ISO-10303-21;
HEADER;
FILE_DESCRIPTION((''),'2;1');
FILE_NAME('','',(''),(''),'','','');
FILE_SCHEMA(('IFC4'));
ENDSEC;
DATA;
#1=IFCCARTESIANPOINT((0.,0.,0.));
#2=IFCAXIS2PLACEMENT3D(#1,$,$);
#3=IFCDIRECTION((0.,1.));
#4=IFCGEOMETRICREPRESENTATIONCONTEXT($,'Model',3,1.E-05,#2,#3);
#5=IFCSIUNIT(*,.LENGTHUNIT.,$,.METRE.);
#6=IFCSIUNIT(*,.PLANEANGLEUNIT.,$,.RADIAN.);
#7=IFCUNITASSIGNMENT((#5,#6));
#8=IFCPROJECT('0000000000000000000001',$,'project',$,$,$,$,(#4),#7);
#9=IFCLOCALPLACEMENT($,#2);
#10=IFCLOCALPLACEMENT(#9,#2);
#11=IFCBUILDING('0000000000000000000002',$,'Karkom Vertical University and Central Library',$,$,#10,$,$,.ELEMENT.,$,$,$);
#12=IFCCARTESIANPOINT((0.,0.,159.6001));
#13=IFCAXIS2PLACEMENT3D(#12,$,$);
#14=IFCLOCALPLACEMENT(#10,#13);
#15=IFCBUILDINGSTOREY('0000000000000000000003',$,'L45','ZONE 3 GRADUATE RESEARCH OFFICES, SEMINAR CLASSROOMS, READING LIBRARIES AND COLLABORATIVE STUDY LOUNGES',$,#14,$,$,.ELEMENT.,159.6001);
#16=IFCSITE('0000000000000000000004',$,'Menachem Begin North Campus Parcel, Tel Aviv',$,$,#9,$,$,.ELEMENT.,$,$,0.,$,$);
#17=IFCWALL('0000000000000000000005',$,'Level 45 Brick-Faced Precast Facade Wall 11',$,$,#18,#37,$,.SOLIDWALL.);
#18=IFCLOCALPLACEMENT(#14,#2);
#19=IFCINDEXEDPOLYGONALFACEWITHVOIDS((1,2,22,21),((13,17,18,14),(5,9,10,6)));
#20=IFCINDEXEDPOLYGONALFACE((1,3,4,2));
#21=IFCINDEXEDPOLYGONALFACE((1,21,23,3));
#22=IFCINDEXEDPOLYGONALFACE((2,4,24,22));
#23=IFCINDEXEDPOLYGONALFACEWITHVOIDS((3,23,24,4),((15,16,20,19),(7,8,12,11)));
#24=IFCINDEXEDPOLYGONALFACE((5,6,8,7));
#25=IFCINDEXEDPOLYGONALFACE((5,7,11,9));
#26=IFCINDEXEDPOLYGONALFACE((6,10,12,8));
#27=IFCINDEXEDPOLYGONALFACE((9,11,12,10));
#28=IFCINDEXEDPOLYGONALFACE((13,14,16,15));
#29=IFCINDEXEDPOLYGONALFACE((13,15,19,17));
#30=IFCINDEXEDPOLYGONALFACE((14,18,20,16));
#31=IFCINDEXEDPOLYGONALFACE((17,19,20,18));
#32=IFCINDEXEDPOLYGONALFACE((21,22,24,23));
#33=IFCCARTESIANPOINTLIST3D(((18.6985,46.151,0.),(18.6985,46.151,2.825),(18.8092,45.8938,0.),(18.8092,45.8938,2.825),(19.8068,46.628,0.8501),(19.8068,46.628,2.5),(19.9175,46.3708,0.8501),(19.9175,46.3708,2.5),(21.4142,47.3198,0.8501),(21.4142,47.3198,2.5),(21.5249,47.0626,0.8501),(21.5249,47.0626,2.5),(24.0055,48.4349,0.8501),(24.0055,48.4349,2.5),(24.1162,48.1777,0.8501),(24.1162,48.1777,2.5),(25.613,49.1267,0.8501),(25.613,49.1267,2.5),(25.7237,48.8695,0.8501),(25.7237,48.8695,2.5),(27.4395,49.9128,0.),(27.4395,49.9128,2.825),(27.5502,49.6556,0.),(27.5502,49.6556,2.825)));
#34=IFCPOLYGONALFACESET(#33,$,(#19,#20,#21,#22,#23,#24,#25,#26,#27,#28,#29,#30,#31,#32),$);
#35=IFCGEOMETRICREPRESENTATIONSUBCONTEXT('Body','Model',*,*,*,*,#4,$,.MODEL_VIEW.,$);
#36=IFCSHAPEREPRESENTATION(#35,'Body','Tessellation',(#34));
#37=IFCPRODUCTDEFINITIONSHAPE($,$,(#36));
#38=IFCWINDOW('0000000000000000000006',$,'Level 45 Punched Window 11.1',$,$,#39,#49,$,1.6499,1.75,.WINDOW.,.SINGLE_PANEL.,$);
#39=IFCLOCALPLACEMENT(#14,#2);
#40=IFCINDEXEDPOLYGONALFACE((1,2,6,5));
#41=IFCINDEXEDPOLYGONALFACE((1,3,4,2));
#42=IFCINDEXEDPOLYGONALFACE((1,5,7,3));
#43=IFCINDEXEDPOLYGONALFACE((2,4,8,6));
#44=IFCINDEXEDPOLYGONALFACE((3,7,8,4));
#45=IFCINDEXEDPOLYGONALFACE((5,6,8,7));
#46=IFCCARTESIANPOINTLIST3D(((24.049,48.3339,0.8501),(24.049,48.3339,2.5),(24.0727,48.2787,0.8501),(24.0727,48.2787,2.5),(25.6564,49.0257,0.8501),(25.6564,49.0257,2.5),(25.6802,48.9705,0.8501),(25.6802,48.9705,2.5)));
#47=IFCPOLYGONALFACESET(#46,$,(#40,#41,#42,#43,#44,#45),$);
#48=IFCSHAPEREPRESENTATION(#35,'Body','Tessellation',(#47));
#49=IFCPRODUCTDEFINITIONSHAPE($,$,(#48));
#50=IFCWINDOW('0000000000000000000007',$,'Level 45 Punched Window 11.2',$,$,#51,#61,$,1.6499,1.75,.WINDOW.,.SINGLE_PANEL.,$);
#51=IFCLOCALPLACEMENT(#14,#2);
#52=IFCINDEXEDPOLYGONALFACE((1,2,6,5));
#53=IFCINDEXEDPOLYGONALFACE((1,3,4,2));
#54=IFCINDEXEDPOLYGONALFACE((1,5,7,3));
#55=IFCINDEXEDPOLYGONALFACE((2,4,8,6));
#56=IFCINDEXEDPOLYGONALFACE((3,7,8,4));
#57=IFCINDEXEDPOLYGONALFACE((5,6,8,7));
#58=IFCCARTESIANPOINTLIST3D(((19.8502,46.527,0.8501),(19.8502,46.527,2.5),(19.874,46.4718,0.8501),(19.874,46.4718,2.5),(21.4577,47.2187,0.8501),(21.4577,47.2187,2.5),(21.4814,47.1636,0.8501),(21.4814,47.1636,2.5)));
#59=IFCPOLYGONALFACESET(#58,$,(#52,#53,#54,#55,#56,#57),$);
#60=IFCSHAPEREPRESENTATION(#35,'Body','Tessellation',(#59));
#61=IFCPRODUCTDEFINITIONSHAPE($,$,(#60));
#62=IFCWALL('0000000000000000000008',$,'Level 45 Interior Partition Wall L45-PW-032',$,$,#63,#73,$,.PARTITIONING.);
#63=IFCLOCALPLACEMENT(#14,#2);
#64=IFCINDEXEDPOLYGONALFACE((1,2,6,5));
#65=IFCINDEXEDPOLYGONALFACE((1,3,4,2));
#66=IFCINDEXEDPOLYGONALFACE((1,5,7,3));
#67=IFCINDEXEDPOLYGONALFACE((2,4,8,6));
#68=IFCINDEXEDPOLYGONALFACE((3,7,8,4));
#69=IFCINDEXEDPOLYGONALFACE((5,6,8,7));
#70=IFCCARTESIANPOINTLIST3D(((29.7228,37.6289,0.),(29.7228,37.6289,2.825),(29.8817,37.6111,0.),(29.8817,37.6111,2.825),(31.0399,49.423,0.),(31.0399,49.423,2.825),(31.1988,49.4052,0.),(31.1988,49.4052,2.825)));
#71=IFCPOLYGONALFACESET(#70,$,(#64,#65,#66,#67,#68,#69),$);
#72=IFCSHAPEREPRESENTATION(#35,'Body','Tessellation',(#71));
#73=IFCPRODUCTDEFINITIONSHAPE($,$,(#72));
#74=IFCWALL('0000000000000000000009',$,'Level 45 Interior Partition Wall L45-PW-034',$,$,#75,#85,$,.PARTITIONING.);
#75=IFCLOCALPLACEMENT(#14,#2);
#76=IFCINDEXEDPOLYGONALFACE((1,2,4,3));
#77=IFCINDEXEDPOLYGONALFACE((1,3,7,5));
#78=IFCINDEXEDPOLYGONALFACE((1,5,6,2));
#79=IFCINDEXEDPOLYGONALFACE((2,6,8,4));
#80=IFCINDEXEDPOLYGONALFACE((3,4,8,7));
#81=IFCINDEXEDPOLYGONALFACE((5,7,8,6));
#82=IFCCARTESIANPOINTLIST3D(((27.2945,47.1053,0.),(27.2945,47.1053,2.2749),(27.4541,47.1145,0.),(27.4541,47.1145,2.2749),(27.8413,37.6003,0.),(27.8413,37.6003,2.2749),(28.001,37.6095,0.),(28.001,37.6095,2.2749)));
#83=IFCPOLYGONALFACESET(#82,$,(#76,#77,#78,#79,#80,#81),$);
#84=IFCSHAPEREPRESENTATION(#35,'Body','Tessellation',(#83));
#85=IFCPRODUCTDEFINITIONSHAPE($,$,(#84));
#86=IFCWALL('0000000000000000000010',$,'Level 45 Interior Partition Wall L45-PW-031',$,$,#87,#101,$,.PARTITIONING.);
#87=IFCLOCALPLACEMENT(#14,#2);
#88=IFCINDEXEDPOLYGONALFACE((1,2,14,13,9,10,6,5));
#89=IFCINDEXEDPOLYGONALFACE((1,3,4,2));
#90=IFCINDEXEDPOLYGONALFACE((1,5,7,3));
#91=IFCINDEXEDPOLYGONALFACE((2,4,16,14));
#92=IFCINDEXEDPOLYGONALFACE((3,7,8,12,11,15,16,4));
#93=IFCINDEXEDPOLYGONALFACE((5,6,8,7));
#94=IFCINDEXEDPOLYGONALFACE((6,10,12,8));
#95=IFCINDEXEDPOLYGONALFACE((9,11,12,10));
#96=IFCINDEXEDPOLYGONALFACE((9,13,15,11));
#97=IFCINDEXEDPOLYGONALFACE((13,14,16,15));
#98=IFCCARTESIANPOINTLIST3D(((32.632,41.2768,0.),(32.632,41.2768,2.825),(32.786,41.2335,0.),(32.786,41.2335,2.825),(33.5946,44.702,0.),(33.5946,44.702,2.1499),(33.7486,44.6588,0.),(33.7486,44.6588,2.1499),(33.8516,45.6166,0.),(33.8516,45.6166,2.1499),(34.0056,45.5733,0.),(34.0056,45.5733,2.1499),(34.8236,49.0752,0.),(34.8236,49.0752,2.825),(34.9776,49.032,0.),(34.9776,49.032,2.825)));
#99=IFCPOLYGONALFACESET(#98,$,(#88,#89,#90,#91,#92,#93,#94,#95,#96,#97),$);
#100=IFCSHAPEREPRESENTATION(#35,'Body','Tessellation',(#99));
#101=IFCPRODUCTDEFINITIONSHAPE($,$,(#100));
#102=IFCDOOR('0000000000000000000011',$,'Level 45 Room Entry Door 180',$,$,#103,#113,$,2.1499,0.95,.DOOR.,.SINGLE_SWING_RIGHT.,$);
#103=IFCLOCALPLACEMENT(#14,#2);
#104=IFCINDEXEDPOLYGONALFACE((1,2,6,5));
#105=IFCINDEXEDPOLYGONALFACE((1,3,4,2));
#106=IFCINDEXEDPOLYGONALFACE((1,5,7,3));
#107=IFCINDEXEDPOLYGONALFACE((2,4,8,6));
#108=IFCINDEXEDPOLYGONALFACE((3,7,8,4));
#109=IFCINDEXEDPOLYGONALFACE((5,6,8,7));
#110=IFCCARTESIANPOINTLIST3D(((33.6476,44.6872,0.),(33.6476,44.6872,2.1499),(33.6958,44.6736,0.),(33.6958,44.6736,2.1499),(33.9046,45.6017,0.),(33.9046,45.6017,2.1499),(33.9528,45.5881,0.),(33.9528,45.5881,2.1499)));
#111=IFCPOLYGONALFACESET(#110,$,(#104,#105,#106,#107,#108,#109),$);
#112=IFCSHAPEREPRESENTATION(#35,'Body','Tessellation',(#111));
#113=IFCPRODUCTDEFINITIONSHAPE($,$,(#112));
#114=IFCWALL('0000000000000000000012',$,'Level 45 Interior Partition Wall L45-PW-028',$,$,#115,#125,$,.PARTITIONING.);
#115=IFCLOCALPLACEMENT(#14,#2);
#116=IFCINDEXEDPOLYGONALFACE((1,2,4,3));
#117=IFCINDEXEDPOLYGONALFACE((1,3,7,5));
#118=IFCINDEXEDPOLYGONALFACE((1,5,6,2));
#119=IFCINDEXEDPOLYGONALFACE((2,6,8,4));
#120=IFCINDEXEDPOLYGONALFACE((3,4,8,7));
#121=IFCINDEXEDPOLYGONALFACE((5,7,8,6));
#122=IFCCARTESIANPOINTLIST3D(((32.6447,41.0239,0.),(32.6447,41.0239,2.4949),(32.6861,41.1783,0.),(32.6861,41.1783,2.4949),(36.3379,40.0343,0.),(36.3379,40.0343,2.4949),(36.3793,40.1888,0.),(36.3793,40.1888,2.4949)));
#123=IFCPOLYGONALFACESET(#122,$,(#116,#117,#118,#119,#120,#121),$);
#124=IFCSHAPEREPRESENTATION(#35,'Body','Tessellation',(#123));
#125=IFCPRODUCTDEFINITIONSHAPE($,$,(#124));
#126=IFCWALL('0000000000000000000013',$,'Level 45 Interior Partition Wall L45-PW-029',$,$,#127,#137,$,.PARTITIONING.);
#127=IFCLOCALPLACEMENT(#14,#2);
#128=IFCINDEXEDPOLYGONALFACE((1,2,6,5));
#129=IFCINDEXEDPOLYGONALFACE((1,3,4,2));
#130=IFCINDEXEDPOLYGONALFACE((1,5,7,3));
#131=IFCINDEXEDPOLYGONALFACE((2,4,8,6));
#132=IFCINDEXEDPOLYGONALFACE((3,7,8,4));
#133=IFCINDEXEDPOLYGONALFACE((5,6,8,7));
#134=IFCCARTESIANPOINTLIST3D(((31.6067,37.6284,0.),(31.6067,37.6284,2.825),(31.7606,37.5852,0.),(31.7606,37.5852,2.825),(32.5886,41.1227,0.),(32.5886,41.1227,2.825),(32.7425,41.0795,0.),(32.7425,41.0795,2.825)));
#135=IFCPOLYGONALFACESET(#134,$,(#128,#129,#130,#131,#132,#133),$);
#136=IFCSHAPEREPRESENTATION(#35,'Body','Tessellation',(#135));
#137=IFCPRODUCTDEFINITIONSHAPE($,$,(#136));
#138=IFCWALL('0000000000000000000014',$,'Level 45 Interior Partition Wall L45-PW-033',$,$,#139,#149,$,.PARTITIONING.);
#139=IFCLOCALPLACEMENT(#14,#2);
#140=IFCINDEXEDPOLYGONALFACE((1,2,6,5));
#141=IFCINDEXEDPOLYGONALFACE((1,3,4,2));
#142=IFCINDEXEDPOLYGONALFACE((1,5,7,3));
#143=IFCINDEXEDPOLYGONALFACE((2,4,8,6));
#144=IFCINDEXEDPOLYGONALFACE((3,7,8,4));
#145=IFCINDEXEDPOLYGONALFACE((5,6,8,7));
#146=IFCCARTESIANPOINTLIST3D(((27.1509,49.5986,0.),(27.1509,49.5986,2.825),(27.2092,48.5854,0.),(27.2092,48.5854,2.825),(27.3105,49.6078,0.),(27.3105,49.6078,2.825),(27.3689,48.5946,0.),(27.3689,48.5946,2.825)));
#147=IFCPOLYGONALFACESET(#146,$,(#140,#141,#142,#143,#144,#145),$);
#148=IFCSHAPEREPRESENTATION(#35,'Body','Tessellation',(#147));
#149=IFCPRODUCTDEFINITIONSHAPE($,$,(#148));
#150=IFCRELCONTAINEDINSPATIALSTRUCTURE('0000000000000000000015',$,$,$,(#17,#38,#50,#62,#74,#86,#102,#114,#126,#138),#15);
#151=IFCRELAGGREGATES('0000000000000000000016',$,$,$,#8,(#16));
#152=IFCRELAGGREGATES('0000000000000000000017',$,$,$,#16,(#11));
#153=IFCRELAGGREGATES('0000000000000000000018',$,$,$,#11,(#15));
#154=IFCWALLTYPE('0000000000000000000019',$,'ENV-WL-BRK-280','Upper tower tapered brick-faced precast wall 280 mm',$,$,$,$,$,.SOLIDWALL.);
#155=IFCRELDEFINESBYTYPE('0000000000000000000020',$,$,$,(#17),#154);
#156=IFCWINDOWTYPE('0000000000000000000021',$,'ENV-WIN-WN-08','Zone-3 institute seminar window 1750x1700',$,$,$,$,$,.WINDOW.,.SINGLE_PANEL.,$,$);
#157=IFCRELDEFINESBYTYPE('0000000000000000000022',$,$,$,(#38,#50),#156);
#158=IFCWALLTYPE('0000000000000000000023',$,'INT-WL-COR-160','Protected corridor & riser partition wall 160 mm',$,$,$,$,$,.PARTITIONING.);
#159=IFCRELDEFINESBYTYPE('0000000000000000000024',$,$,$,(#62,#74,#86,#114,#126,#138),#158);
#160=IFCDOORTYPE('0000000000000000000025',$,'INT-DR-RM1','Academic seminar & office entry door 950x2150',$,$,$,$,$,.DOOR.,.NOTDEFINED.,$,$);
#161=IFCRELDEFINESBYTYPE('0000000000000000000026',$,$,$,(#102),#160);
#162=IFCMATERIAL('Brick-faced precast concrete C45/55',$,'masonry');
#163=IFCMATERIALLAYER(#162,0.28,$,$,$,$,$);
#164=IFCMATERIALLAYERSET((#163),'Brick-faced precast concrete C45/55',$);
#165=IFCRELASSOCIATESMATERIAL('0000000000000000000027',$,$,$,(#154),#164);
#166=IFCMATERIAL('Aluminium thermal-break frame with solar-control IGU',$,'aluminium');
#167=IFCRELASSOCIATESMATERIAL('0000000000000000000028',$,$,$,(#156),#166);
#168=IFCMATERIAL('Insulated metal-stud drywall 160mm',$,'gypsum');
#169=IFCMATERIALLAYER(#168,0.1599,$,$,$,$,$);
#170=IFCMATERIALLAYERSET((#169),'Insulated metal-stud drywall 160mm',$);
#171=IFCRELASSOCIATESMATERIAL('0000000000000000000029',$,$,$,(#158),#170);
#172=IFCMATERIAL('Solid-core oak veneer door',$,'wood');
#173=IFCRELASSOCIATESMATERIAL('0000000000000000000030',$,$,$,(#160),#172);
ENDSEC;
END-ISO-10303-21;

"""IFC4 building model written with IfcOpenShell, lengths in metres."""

from ifc_helpers import new_model, si_unit, direction, frame, frame_2d, origin, origin_with_axes, place, context, subcontext, project, spatial, rectangle, extrude, source, transform, mapped, material, layer, layer_set, type_object, element, fill, save


model = new_model("IFC4")

# Units and contexts
model_context = context("Model", 3, precision=1e-05, world=origin(), true_north=direction((0.0, 1.0)))
body_context = subcontext(model_context, "Body", "Model", "MODEL_VIEW")
ifc_project = project(units=[si_unit("LENGTHUNIT", "METRE"), si_unit("PLANEANGLEUNIT", "RADIAN")], contexts=[model_context])

# Site, building, storey
site_placement = place(None, origin())
site = spatial("IfcSite", under=ifc_project, at=site_placement, Name="Menachem Begin North Campus Parcel, Tel Aviv", CompositionType="ELEMENT", RefElevation=0.0)
building_placement = place(site_placement, origin())
building = spatial("IfcBuilding", under=site, at=building_placement, Name="Karkom Vertical University and Central Library", CompositionType="ELEMENT")
storey_placement = place(building_placement, frame((0.0, 0.0, 159.6001)))
storey = spatial("IfcBuildingStorey", under=building, at=storey_placement, Name="L45", Description="ZONE 3 GRADUATE RESEARCH OFFICES, SEMINAR CLASSROOMS, READING LIBRARIES AND COLLABORATIVE STUDY LOUNGES", CompositionType="ELEMENT", Elevation=159.6001)

# Wall, openings, windows
ifc_material_1 = material(Name="Brick-faced precast concrete C45/55", Category="masonry")
ifc_layer_1 = layer(ifc_material_1, 0.28)
ifc_layer_set_1 = layer_set([ifc_layer_1], Name="Brick-faced precast concrete C45/55")
wall_type_1 = type_object("IfcWallType", Name="ENV-WL-BRK-280", Description="Upper tower tapered brick-faced precast wall 280 mm", PredefinedType="SOLIDWALL", material=ifc_layer_set_1)
wall_1_placement = place(storey_placement, frame((27.4949, 49.7842, 0.0), z_axis=(0.0, 0.0, 1.0), x_axis=(-0.918551, -0.395303, 0.0)))
wall_1 = element("IfcWall", 1, at=wall_1_placement, inside=storey, type_object=wall_type_1, Name="Level 45 Brick-Faced Precast Facade Wall 11", PredefinedType="SOLIDWALL", context=body_context, shape_type="SweptSolid", body=[
    extrude(rectangle(XDim=9.5161, YDim=0.28, at=frame_2d((4.7581, 0.0))), origin(), (0.0, 0.0, 1.0), 2.825),
])
opening_1_placement = place(wall_1_placement, frame((1.9885, 0.0, 0.8501)))
opening_1 = element("IfcOpeningElement", 2, at=opening_1_placement, cuts=wall_1, PredefinedType="OPENING", context=body_context, shape_type="SweptSolid", body=[
    extrude(rectangle(XDim=1.75, YDim=1.6499, at=frame_2d((0.875, 0.825))), frame((0.0, 0.1499, 0.0), z_axis=(0.0, -1.0, 0.0), x_axis=(1.0, 0.0, 0.0)), (0.0, 0.0, 1.0), 0.3),
])
opening_2_placement = place(wall_1_placement, frame((6.5596, 0.0, 0.8501)))
opening_2 = element("IfcOpeningElement", 3, at=opening_2_placement, cuts=wall_1, PredefinedType="OPENING", context=body_context, shape_type="SweptSolid", body=[
    extrude(rectangle(XDim=1.75, YDim=1.6499, at=frame_2d((0.875, 0.825))), frame((0.0, 0.1499, 0.0), z_axis=(0.0, -1.0, 0.0), x_axis=(1.0, 0.0, 0.0)), (0.0, 0.0, 1.0), 0.3),
])
ifc_material_2 = material(Name="Aluminium thermal-break frame with solar-control IGU", Category="aluminium")
window_type = type_object("IfcWindowType", Name="ENV-WIN-WN-08", Description="Zone-3 institute seminar window 1750x1700", PartitioningType="SINGLE_PANEL", PredefinedType="WINDOW", material=ifc_material_2)
shared_shape_1 = source(origin_with_axes(), body_context, "Body", "SweptSolid", [
    extrude(rectangle(XDim=1.75, YDim=1.6499, at=frame_2d((0.875, 0.825))), frame((0.0, 0.03, 0.0), z_axis=(0.0, -1.0, 0.0), x_axis=(1.0, 0.0, 0.0)), (0.0, 0.0, 1.0), 0.0601),
])
window_1_placement = place(opening_1_placement, origin())
window_1 = element("IfcWindow", 4, at=window_1_placement, inside=storey, type_object=window_type, Name="Level 45 Punched Window 11.1", OverallHeight=1.6499, OverallWidth=1.75, PartitioningType="SINGLE_PANEL", PredefinedType="WINDOW", context=body_context, shape_type="MappedRepresentation", body=[
    mapped(shared_shape_1, transform((0.0, 0.0, 0.0), scale=1.0)),
])
fill(opening_1, window_1)
window_2_placement = place(opening_2_placement, origin())
window_2 = element("IfcWindow", 5, at=window_2_placement, inside=storey, type_object=window_type, Name="Level 45 Punched Window 11.2", OverallHeight=1.6499, OverallWidth=1.75, PartitioningType="SINGLE_PANEL", PredefinedType="WINDOW", context=body_context, shape_type="MappedRepresentation", body=[
    mapped(shared_shape_1, transform((0.0, 0.0, 0.0), scale=1.0)),
])
fill(opening_2, window_2)

# Walls
ifc_material_3 = material(Name="Insulated metal-stud drywall 160mm", Category="gypsum")
ifc_layer_2 = layer(ifc_material_3, 0.1599)
ifc_layer_set_2 = layer_set([ifc_layer_2], Name="Insulated metal-stud drywall 160mm")
wall_type_2 = type_object("IfcWallType", Name="INT-WL-COR-160", Description="Protected corridor & riser partition wall 160 mm", PredefinedType="PARTITIONING", material=ifc_layer_set_2)
wall_2_placement = place(storey_placement, frame((29.8022, 37.6201, 0.0), z_axis=(0.0, 0.0, 1.0), x_axis=(0.110987, 0.993822, 0.0)))
element("IfcWall", 6, at=wall_2_placement, inside=storey, type_object=wall_type_2, Name="Level 45 Interior Partition Wall L45-PW-032", PredefinedType="PARTITIONING", context=body_context, shape_type="SweptSolid", body=[
    extrude(rectangle(XDim=11.8674, YDim=0.1599, at=frame_2d((5.9336, 0.0))), origin(), (0.0, 0.0, 1.0), 2.825),
])
wall_3_placement = place(storey_placement, frame((27.9211, 37.605, 0.0), z_axis=(0.0, 0.0, 1.0), x_axis=(-0.05744, 0.998349, 0.0)))
element("IfcWall", 7, at=wall_3_placement, inside=storey, type_object=wall_type_2, Name="Level 45 Interior Partition Wall L45-PW-034", PredefinedType="PARTITIONING", context=body_context, shape_type="SweptSolid", body=[
    extrude(rectangle(XDim=9.5208, YDim=0.1599, at=frame_2d((4.7603, 0.0))), origin(), (0.0, 0.0, 1.0), 2.2749),
])

# Wall, opening, door
wall_4_placement = place(storey_placement, frame((32.709, 41.2551, 0.0), z_axis=(0.0, 0.0, 1.0), x_axis=(0.270551, 0.962706, 0.0)))
wall_4 = element("IfcWall", 8, at=wall_4_placement, inside=storey, type_object=wall_type_2, Name="Level 45 Interior Partition Wall L45-PW-031", PredefinedType="PARTITIONING", context=body_context, shape_type="SweptSolid", body=[
    extrude(rectangle(XDim=8.1006, YDim=0.1599, at=frame_2d((4.0503, 0.0))), origin(), (0.0, 0.0, 1.0), 2.825),
])
opening_3_placement = place(wall_4_placement, frame((3.5579, 0.0, 0.0)))
opening_3 = element("IfcOpeningElement", 9, at=opening_3_placement, cuts=wall_4, PredefinedType="OPENING", context=body_context, shape_type="SweptSolid", body=[
    extrude(rectangle(XDim=0.95, YDim=2.1499, at=frame_2d((0.4751, 1.075))), frame((0.0, 0.0898, 0.0), z_axis=(0.0, -1.0, 0.0), x_axis=(1.0, 0.0, 0.0)), (0.0, 0.0, 1.0), 0.1799),
])
ifc_material_4 = material(Name="Solid-core oak veneer door", Category="wood")
door_type = type_object("IfcDoorType", Name="INT-DR-RM1", Description="Academic seminar & office entry door 950x2150", OperationType="NOTDEFINED", PredefinedType="DOOR", material=ifc_material_4)
shared_shape_2 = source(origin_with_axes(), body_context, "Body", "SweptSolid", [
    extrude(rectangle(XDim=0.95, YDim=2.1499, at=frame_2d((0.4751, 1.075))), frame((0.0, 0.0249, 0.0), z_axis=(0.0, -1.0, 0.0), x_axis=(1.0, 0.0, 0.0)), (0.0, 0.0, 1.0), 0.05),
])
door_placement = place(opening_3_placement, origin())
door = element("IfcDoor", 10, at=door_placement, inside=storey, type_object=door_type, Name="Level 45 Room Entry Door 180", OperationType="SINGLE_SWING_RIGHT", OverallHeight=2.1499, OverallWidth=0.95, PredefinedType="DOOR", context=body_context, shape_type="MappedRepresentation", body=[
    mapped(shared_shape_2, transform((0.0, 0.0, 0.0), scale=1.0)),
])
fill(opening_3, door)

# Walls
wall_5_placement = place(storey_placement, frame((32.6655, 41.1011, 0.0), z_axis=(0.0, 0.0, 1.0), x_axis=(0.96593, -0.258803, 0.0)))
element("IfcWall", 11, at=wall_5_placement, inside=storey, type_object=wall_type_2, Name="Level 45 Interior Partition Wall L45-PW-028", PredefinedType="PARTITIONING", context=body_context, shape_type="SweptSolid", body=[
    extrude(rectangle(XDim=3.8235, YDim=0.1599, at=frame_2d((1.9116, 0.0))), origin(), (0.0, 0.0, 1.0), 2.4949),
])
wall_6_placement = place(storey_placement, frame((31.6836, 37.6067, 0.0), z_axis=(0.0, 0.0, 1.0), x_axis=(0.270525, 0.962713, 0.0)))
element("IfcWall", 12, at=wall_6_placement, inside=storey, type_object=wall_type_2, Name="Level 45 Interior Partition Wall L45-PW-029", PredefinedType="PARTITIONING", context=body_context, shape_type="SweptSolid", body=[
    extrude(rectangle(XDim=3.6296, YDim=0.1599, at=frame_2d((1.8149, 0.0))), origin(), (0.0, 0.0, 1.0), 2.825),
])
wall_7_placement = place(storey_placement, frame((27.2891, 48.5901, 0.0), z_axis=(0.0, 0.0, 1.0), x_axis=(-0.057495, 0.998346, 0.0)))
element("IfcWall", 13, at=wall_7_placement, inside=storey, type_object=wall_type_2, Name="Level 45 Interior Partition Wall L45-PW-033", PredefinedType="PARTITIONING", context=body_context, shape_type="SweptSolid", body=[
    extrude(rectangle(XDim=1.0149, YDim=0.1599, at=frame_2d((0.5073, 0.0))), origin(), (0.0, 0.0, 1.0), 2.825),
])

save(model, "model.ifc")
